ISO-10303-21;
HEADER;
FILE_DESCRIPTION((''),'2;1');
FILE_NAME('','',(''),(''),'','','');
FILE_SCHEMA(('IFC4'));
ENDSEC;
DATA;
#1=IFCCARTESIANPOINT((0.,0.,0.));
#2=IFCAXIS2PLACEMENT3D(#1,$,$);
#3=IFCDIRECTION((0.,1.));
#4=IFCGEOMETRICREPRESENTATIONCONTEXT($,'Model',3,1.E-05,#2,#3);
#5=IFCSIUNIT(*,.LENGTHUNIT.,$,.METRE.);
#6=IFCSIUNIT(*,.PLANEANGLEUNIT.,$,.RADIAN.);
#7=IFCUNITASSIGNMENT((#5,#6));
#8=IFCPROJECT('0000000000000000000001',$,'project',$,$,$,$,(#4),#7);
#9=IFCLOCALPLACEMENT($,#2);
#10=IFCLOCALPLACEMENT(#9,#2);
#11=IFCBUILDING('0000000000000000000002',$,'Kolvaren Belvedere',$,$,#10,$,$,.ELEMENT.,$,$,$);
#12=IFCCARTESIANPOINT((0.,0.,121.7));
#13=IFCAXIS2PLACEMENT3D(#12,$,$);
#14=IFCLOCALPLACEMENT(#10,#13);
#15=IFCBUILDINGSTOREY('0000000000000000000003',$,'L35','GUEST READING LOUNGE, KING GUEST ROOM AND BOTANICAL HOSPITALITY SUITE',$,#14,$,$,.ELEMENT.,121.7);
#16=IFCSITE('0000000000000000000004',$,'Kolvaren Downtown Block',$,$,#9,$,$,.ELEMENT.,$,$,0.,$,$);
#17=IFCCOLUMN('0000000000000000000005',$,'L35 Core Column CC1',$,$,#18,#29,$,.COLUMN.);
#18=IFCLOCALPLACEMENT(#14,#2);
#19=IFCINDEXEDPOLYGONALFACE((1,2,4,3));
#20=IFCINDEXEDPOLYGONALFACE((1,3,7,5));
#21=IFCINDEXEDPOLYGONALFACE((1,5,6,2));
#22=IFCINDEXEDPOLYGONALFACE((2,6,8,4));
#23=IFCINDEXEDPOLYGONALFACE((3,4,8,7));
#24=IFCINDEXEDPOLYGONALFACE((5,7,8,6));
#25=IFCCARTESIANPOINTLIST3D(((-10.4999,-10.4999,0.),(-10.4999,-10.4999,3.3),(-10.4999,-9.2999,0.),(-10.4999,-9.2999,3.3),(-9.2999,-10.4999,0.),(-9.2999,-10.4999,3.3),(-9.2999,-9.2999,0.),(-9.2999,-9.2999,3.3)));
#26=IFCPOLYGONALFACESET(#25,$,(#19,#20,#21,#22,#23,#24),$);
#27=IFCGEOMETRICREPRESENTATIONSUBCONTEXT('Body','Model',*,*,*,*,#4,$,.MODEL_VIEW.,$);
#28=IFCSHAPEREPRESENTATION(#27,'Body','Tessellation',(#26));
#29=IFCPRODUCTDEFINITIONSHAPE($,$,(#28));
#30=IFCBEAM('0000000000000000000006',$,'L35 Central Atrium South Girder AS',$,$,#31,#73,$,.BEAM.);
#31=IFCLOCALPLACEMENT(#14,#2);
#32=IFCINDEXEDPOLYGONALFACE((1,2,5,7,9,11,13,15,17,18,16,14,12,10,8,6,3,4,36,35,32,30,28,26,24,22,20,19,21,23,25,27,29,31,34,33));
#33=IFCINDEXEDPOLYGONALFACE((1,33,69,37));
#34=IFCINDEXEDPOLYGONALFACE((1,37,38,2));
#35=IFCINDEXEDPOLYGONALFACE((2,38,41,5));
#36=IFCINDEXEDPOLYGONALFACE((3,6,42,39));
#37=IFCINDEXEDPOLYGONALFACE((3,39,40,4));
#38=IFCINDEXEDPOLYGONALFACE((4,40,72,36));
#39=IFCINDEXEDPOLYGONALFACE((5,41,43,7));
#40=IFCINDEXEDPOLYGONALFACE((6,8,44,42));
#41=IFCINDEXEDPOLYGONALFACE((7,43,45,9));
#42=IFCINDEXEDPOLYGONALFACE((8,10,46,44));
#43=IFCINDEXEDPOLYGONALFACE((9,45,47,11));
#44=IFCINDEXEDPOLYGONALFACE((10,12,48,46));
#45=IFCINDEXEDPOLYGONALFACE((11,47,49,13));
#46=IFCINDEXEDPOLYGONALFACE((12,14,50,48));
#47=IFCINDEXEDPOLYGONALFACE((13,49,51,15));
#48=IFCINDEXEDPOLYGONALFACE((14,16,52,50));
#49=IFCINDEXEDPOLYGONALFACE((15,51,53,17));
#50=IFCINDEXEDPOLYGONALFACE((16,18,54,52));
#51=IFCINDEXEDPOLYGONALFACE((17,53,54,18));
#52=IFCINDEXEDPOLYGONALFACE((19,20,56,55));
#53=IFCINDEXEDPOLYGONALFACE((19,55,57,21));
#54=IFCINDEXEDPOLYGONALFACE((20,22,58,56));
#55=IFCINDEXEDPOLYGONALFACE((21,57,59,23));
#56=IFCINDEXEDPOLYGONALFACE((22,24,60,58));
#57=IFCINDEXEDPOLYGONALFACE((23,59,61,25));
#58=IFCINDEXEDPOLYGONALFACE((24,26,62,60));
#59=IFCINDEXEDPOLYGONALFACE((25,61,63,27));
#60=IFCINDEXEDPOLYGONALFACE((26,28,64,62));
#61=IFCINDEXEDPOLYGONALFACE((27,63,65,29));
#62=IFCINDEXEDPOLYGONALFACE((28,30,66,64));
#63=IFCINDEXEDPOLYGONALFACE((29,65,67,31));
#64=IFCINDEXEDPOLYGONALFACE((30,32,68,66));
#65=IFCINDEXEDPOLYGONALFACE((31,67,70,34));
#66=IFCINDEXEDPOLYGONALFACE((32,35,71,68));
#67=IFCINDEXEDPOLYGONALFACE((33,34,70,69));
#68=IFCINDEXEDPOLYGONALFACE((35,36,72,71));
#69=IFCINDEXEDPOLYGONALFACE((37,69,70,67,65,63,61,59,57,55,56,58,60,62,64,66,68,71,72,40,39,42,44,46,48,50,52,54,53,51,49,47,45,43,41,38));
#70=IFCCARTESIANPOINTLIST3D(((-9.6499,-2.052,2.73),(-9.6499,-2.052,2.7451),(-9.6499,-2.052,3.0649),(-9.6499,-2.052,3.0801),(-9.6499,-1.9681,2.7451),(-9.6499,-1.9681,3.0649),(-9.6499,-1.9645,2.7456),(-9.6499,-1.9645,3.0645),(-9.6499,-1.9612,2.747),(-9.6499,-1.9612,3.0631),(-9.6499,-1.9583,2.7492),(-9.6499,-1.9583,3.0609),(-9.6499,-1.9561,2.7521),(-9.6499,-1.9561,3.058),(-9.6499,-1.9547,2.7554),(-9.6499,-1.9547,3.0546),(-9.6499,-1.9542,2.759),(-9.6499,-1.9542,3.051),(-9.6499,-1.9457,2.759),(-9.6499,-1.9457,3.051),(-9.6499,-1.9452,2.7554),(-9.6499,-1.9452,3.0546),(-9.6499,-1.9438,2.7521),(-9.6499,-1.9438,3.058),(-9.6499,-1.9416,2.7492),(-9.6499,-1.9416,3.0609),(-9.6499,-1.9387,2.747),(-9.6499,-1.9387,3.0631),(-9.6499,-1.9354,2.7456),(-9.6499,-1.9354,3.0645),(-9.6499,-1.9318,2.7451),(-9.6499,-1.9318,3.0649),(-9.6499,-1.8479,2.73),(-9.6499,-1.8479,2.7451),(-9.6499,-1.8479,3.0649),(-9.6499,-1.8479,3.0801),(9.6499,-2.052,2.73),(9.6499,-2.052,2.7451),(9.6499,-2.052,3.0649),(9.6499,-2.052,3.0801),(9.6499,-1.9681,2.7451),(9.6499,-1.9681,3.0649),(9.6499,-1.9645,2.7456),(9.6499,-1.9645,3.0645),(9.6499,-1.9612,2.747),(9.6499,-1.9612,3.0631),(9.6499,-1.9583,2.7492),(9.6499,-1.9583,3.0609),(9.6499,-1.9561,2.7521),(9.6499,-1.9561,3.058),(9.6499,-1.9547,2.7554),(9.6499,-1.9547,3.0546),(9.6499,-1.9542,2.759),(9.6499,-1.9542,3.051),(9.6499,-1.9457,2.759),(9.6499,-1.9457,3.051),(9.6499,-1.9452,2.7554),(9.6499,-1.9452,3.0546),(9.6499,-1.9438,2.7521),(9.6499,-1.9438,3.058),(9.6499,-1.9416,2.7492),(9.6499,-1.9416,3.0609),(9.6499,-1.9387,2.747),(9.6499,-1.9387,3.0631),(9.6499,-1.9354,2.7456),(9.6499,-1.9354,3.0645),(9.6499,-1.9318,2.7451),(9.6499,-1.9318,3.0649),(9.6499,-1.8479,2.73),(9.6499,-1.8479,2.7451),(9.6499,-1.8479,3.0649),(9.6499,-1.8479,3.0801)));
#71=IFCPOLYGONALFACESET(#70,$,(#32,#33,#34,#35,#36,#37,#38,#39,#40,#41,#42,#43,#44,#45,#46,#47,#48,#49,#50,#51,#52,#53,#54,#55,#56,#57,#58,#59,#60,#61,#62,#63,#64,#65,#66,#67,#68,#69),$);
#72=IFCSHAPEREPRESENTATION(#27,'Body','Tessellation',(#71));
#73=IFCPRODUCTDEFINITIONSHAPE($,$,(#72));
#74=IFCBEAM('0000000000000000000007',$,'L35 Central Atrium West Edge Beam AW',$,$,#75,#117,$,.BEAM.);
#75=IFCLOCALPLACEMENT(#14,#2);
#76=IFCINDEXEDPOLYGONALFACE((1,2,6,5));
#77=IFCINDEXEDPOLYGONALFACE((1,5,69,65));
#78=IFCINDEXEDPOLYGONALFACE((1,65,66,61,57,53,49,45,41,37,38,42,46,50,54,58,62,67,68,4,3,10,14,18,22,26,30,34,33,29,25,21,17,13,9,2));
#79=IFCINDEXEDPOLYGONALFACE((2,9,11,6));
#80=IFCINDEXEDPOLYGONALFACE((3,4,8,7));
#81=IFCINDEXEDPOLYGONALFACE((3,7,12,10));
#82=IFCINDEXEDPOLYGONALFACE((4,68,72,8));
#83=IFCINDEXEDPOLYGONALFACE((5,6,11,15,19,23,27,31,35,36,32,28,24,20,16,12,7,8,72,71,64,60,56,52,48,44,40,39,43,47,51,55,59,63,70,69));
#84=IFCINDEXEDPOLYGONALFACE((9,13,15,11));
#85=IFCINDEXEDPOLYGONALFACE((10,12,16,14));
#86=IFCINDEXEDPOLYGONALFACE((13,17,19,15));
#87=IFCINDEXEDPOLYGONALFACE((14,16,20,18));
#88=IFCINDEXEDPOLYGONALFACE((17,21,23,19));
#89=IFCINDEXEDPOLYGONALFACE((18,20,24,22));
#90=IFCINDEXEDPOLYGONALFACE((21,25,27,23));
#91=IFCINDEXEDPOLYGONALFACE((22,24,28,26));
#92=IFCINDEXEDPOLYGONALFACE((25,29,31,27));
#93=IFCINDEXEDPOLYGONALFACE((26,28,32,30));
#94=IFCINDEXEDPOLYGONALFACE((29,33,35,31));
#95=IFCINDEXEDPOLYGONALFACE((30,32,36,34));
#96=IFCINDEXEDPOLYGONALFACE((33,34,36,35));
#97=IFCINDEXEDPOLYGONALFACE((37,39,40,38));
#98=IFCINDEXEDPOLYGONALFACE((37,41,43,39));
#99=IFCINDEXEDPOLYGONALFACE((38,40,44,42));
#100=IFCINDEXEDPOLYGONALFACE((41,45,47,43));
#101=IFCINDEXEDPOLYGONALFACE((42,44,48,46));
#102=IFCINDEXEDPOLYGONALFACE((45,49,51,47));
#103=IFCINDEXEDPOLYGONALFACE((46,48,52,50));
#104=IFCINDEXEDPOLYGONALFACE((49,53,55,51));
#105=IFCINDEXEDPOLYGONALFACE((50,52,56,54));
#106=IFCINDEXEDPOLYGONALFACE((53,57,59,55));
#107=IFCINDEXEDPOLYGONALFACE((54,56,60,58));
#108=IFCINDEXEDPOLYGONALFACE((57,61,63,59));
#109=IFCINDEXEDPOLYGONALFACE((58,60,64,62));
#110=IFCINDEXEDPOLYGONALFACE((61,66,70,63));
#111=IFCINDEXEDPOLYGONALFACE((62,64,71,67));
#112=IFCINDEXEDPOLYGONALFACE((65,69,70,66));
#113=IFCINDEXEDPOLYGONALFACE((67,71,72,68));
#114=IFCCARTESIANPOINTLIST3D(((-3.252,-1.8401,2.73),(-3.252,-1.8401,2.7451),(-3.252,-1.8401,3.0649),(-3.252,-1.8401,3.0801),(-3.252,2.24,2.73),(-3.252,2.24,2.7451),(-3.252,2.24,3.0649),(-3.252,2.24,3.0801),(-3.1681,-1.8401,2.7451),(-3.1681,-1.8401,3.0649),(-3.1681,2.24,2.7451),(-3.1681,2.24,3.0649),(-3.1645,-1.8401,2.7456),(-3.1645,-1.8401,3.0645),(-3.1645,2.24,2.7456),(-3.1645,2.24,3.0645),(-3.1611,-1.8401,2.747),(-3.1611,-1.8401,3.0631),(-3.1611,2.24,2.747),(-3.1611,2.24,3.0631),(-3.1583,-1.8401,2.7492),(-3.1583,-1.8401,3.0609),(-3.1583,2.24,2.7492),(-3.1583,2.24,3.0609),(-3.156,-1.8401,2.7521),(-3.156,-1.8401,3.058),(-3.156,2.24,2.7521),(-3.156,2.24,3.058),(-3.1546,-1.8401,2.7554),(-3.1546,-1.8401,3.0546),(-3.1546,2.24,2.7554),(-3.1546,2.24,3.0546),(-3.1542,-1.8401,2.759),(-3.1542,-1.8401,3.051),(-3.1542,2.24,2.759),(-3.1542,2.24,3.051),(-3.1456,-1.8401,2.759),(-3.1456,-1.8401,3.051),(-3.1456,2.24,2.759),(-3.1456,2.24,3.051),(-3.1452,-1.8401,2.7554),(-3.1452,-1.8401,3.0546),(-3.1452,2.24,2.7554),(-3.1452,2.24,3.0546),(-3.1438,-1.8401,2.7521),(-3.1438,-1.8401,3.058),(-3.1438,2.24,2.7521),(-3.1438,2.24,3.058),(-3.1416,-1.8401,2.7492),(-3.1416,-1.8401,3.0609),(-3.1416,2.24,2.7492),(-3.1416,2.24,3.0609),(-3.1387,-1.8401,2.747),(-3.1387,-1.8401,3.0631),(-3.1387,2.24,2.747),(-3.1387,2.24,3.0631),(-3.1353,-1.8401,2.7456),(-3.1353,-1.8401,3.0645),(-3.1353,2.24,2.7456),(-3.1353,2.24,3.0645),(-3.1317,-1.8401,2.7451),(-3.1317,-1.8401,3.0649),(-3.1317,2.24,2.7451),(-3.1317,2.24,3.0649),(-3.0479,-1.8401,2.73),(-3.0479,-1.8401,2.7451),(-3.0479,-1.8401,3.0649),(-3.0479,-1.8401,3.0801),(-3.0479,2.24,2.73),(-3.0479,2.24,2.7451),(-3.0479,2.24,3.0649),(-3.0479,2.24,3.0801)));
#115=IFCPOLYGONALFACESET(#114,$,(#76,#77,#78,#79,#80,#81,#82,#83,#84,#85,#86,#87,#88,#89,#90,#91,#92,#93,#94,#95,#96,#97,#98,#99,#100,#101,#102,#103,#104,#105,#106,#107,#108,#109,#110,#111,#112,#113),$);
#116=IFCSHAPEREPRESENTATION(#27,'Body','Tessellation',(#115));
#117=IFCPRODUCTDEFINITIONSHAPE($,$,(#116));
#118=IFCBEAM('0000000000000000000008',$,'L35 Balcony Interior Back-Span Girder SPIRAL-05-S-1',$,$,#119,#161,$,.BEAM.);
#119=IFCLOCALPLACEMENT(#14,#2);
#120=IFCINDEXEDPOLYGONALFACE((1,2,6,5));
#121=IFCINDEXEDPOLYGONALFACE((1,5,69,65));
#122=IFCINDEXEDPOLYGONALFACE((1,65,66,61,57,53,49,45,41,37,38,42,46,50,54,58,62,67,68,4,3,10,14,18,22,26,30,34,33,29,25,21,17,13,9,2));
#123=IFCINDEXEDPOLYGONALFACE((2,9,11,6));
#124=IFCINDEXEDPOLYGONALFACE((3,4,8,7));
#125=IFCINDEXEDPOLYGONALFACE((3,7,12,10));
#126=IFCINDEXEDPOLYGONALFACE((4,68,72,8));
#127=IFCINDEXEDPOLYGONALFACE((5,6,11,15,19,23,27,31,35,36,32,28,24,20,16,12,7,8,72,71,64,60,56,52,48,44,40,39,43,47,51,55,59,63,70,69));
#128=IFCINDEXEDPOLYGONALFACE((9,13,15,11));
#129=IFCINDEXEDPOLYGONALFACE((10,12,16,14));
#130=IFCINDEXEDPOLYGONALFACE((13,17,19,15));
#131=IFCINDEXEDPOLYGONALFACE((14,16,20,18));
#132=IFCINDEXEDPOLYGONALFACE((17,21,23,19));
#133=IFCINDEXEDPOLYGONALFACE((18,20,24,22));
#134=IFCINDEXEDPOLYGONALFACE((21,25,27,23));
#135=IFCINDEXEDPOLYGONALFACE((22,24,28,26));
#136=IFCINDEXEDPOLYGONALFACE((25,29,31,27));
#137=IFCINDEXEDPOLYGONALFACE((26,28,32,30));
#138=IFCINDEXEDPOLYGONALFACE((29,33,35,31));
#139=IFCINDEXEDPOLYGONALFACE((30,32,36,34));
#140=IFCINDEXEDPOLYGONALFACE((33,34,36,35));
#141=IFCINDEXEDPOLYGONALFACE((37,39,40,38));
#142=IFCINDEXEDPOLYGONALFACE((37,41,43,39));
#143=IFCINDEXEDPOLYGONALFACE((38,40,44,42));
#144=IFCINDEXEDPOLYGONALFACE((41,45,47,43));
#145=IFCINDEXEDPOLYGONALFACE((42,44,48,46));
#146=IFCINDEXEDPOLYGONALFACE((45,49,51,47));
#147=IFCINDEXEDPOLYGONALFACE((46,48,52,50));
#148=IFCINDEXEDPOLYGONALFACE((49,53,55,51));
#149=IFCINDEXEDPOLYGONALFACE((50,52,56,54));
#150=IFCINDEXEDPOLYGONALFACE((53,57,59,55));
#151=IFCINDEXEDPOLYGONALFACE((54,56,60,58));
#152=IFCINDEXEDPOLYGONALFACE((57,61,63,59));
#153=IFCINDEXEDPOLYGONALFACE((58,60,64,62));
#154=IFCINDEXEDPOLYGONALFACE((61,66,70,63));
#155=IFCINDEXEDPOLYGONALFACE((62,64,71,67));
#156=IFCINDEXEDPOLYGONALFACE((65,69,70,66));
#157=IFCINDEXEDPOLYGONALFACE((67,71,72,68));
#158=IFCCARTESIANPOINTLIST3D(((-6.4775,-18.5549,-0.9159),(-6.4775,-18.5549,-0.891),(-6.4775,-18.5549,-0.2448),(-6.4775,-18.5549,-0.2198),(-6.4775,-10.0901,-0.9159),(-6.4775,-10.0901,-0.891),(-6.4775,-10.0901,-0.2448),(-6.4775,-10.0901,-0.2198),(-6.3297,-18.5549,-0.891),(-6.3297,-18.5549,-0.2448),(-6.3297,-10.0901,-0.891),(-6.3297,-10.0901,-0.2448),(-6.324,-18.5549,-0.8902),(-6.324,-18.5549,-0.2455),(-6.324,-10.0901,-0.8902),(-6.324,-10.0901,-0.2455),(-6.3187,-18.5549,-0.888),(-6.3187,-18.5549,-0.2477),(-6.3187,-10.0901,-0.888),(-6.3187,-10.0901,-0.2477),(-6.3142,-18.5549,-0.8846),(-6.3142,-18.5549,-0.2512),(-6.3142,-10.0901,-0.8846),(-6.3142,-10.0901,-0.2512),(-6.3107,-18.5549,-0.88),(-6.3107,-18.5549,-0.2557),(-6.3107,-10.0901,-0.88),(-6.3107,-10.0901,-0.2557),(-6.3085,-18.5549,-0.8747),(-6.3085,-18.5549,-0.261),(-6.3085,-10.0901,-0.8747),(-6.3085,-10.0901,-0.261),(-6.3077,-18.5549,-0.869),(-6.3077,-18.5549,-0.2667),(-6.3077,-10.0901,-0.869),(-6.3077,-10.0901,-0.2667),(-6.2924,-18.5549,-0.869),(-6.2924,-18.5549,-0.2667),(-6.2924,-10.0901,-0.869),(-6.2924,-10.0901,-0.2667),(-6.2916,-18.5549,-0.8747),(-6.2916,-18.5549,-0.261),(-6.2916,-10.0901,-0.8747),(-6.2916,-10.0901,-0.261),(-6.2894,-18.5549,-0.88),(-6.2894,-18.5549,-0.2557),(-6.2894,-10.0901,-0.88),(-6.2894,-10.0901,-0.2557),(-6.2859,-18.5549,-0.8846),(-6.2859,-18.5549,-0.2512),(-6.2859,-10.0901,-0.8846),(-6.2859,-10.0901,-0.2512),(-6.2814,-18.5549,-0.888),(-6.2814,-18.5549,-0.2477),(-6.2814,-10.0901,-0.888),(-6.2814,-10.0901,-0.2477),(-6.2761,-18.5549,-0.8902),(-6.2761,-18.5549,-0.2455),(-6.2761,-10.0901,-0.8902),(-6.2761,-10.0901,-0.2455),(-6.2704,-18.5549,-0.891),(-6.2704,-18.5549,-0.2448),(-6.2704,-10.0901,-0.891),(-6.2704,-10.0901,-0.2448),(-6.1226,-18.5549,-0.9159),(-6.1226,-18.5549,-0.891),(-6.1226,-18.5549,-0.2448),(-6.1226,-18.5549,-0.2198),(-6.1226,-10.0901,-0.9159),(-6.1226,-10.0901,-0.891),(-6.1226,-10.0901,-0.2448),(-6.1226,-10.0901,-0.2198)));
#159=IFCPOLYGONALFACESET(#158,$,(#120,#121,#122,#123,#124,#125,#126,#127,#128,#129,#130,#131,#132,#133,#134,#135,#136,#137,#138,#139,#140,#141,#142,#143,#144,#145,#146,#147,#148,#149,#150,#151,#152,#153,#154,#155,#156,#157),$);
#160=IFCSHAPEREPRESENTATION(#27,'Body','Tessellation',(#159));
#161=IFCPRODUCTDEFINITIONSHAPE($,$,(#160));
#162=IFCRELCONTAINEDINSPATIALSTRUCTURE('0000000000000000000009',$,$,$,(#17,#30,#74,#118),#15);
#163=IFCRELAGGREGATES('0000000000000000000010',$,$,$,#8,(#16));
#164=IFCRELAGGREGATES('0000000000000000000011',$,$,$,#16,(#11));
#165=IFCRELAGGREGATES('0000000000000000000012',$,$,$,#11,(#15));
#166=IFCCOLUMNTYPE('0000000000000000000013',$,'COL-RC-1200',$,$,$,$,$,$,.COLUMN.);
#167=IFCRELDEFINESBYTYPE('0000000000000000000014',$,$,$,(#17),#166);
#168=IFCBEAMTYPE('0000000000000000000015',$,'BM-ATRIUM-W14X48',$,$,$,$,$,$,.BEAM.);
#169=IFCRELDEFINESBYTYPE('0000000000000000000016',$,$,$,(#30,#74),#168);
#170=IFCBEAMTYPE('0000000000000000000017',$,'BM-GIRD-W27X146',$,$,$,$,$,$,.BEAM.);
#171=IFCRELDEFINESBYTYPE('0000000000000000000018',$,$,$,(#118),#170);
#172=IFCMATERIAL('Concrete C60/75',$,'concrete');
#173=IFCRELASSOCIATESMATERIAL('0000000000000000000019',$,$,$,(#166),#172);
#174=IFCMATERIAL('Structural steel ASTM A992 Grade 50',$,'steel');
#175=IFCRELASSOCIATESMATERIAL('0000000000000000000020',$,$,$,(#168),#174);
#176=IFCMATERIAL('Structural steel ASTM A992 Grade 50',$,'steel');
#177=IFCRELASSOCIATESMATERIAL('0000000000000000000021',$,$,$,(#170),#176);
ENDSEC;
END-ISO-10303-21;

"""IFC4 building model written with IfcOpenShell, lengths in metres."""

from ifc_helpers import new_model, si_unit, direction, frame, origin, origin_2d, place, context, subcontext, project, spatial, rectangle, i_section, extrude, material, material_profile, profile_set, type_object, element, save


model = new_model("IFC4")

# Units and contexts
model_context = context("Model", 3, precision=1e-05, world=origin(), true_north=direction((0.0, 1.0)))
body_context = subcontext(model_context, "Body", "Model", "MODEL_VIEW")
ifc_project = project(units=[si_unit("LENGTHUNIT", "METRE"), si_unit("PLANEANGLEUNIT", "RADIAN")], contexts=[model_context])

# Site, building, storey
site_placement = place(None, origin())
site = spatial("IfcSite", under=ifc_project, at=site_placement, Name="Kolvaren Downtown Block", CompositionType="ELEMENT", RefElevation=0.0)
building_placement = place(site_placement, origin())
building = spatial("IfcBuilding", under=site, at=building_placement, Name="Kolvaren Belvedere", CompositionType="ELEMENT")
storey_placement = place(building_placement, frame((0.0, 0.0, 121.7)))
storey = spatial("IfcBuildingStorey", under=building, at=storey_placement, Name="L35", Description="GUEST READING LOUNGE, KING GUEST ROOM AND BOTANICAL HOSPITALITY SUITE", CompositionType="ELEMENT", Elevation=121.7)

# Column
ifc_material_1 = material(Name="Concrete C60/75", Category="concrete")
ifc_material_profile_1 = material_profile(ifc_material_1, rectangle(XDim=1.2, YDim=1.2, at=origin_2d()), Name="RC 1200X1200")
ifc_profile_set_1 = profile_set([ifc_material_profile_1], Name="Concrete C60/75")
column_type = type_object("IfcColumnType", Name="COL-RC-1200", PredefinedType="COLUMN", material=ifc_profile_set_1)
column_placement = place(storey_placement, frame((-9.8999, -9.8999, 0.0), z_axis=(0.0, 0.0, 1.0), x_axis=(1.0, 0.0, 0.0)))
element("IfcColumn", 1, at=column_placement, inside=storey, type_object=column_type, Name="L35 Core Column CC1", PredefinedType="COLUMN", context=body_context, shape_type="SweptSolid", body=[
    extrude(rectangle(XDim=1.2, YDim=1.2, at=origin_2d()), origin(), (0.0, 0.0, 1.0), 3.3),
])

# Beams
ifc_material_2 = material(Name="Structural steel ASTM A992 Grade 50", Category="steel")
ifc_material_profile_2 = material_profile(ifc_material_2, i_section(OverallWidth=0.2041, OverallDepth=0.3501, WebThickness=0.0085, FlangeThickness=0.0151, FilletRadius=0.0139, at=origin_2d()), Name="W14X48")
ifc_profile_set_2 = profile_set([ifc_material_profile_2], Name="Structural steel ASTM A992 Grade 50")
beam_type_1 = type_object("IfcBeamType", Name="BM-ATRIUM-W14X48", PredefinedType="BEAM", material=ifc_profile_set_2)
beam_1_placement = place(storey_placement, frame((-9.6499, -1.95, 2.905), z_axis=(1.0, 0.0, 0.0), x_axis=(0.0, 1.0, 0.0)))
element("IfcBeam", 2, at=beam_1_placement, inside=storey, type_object=beam_type_1, Name="L35 Central Atrium South Girder AS", PredefinedType="BEAM", context=body_context, shape_type="SweptSolid", body=[
    extrude(i_section(OverallWidth=0.2041, OverallDepth=0.3501, WebThickness=0.0085, FlangeThickness=0.0151, FilletRadius=0.0139, at=origin_2d()), origin(), (0.0, 0.0, 1.0), 19.2998),
])
beam_2_placement = place(storey_placement, frame((-3.1499, -1.8401, 2.905), z_axis=(0.0, 1.0, 0.0), x_axis=(-1.0, 0.0, 0.0)))
element("IfcBeam", 3, at=beam_2_placement, inside=storey, type_object=beam_type_1, Name="L35 Central Atrium West Edge Beam AW", PredefinedType="BEAM", context=body_context, shape_type="SweptSolid", body=[
    extrude(i_section(OverallWidth=0.2041, OverallDepth=0.3501, WebThickness=0.0085, FlangeThickness=0.0151, FilletRadius=0.0139, at=origin_2d()), origin(), (0.0, 0.0, 1.0), 4.0801),
])
ifc_material_3 = material(Name="Structural steel ASTM A992 Grade 50", Category="steel")
ifc_material_profile_3 = material_profile(ifc_material_3, i_section(OverallWidth=0.355, OverallDepth=0.696, WebThickness=0.0154, FlangeThickness=0.0249, FilletRadius=0.022, at=origin_2d()), Name="W27X146")
ifc_profile_set_3 = profile_set([ifc_material_profile_3], Name="Structural steel ASTM A992 Grade 50")
beam_type_2 = type_object("IfcBeamType", Name="BM-GIRD-W27X146", PredefinedType="BEAM", material=ifc_profile_set_3)
for number, where, z_axis, x_axis, name in (
    (4, (-6.3, -10.0901, -0.5679), (0.0, -1.0, 0.0), (1.0, 0.0, 0.0), "L35 Balcony Interior Back-Span Girder SPIRAL-05-S-1"),
):
    element("IfcBeam", number, at=place(storey_placement, frame(where, z_axis=z_axis, x_axis=x_axis)), inside=storey, type_object=beam_type_2, Name=name, PredefinedType="BEAM", context=body_context, shape_type="SweptSolid", body=[
        extrude(i_section(OverallWidth=0.355, OverallDepth=0.696, WebThickness=0.0154, FlangeThickness=0.0249, FilletRadius=0.022, at=origin_2d()), origin(), (0.0, 0.0, 1.0), 8.4648),
    ])

save(model, "model.ifc")
